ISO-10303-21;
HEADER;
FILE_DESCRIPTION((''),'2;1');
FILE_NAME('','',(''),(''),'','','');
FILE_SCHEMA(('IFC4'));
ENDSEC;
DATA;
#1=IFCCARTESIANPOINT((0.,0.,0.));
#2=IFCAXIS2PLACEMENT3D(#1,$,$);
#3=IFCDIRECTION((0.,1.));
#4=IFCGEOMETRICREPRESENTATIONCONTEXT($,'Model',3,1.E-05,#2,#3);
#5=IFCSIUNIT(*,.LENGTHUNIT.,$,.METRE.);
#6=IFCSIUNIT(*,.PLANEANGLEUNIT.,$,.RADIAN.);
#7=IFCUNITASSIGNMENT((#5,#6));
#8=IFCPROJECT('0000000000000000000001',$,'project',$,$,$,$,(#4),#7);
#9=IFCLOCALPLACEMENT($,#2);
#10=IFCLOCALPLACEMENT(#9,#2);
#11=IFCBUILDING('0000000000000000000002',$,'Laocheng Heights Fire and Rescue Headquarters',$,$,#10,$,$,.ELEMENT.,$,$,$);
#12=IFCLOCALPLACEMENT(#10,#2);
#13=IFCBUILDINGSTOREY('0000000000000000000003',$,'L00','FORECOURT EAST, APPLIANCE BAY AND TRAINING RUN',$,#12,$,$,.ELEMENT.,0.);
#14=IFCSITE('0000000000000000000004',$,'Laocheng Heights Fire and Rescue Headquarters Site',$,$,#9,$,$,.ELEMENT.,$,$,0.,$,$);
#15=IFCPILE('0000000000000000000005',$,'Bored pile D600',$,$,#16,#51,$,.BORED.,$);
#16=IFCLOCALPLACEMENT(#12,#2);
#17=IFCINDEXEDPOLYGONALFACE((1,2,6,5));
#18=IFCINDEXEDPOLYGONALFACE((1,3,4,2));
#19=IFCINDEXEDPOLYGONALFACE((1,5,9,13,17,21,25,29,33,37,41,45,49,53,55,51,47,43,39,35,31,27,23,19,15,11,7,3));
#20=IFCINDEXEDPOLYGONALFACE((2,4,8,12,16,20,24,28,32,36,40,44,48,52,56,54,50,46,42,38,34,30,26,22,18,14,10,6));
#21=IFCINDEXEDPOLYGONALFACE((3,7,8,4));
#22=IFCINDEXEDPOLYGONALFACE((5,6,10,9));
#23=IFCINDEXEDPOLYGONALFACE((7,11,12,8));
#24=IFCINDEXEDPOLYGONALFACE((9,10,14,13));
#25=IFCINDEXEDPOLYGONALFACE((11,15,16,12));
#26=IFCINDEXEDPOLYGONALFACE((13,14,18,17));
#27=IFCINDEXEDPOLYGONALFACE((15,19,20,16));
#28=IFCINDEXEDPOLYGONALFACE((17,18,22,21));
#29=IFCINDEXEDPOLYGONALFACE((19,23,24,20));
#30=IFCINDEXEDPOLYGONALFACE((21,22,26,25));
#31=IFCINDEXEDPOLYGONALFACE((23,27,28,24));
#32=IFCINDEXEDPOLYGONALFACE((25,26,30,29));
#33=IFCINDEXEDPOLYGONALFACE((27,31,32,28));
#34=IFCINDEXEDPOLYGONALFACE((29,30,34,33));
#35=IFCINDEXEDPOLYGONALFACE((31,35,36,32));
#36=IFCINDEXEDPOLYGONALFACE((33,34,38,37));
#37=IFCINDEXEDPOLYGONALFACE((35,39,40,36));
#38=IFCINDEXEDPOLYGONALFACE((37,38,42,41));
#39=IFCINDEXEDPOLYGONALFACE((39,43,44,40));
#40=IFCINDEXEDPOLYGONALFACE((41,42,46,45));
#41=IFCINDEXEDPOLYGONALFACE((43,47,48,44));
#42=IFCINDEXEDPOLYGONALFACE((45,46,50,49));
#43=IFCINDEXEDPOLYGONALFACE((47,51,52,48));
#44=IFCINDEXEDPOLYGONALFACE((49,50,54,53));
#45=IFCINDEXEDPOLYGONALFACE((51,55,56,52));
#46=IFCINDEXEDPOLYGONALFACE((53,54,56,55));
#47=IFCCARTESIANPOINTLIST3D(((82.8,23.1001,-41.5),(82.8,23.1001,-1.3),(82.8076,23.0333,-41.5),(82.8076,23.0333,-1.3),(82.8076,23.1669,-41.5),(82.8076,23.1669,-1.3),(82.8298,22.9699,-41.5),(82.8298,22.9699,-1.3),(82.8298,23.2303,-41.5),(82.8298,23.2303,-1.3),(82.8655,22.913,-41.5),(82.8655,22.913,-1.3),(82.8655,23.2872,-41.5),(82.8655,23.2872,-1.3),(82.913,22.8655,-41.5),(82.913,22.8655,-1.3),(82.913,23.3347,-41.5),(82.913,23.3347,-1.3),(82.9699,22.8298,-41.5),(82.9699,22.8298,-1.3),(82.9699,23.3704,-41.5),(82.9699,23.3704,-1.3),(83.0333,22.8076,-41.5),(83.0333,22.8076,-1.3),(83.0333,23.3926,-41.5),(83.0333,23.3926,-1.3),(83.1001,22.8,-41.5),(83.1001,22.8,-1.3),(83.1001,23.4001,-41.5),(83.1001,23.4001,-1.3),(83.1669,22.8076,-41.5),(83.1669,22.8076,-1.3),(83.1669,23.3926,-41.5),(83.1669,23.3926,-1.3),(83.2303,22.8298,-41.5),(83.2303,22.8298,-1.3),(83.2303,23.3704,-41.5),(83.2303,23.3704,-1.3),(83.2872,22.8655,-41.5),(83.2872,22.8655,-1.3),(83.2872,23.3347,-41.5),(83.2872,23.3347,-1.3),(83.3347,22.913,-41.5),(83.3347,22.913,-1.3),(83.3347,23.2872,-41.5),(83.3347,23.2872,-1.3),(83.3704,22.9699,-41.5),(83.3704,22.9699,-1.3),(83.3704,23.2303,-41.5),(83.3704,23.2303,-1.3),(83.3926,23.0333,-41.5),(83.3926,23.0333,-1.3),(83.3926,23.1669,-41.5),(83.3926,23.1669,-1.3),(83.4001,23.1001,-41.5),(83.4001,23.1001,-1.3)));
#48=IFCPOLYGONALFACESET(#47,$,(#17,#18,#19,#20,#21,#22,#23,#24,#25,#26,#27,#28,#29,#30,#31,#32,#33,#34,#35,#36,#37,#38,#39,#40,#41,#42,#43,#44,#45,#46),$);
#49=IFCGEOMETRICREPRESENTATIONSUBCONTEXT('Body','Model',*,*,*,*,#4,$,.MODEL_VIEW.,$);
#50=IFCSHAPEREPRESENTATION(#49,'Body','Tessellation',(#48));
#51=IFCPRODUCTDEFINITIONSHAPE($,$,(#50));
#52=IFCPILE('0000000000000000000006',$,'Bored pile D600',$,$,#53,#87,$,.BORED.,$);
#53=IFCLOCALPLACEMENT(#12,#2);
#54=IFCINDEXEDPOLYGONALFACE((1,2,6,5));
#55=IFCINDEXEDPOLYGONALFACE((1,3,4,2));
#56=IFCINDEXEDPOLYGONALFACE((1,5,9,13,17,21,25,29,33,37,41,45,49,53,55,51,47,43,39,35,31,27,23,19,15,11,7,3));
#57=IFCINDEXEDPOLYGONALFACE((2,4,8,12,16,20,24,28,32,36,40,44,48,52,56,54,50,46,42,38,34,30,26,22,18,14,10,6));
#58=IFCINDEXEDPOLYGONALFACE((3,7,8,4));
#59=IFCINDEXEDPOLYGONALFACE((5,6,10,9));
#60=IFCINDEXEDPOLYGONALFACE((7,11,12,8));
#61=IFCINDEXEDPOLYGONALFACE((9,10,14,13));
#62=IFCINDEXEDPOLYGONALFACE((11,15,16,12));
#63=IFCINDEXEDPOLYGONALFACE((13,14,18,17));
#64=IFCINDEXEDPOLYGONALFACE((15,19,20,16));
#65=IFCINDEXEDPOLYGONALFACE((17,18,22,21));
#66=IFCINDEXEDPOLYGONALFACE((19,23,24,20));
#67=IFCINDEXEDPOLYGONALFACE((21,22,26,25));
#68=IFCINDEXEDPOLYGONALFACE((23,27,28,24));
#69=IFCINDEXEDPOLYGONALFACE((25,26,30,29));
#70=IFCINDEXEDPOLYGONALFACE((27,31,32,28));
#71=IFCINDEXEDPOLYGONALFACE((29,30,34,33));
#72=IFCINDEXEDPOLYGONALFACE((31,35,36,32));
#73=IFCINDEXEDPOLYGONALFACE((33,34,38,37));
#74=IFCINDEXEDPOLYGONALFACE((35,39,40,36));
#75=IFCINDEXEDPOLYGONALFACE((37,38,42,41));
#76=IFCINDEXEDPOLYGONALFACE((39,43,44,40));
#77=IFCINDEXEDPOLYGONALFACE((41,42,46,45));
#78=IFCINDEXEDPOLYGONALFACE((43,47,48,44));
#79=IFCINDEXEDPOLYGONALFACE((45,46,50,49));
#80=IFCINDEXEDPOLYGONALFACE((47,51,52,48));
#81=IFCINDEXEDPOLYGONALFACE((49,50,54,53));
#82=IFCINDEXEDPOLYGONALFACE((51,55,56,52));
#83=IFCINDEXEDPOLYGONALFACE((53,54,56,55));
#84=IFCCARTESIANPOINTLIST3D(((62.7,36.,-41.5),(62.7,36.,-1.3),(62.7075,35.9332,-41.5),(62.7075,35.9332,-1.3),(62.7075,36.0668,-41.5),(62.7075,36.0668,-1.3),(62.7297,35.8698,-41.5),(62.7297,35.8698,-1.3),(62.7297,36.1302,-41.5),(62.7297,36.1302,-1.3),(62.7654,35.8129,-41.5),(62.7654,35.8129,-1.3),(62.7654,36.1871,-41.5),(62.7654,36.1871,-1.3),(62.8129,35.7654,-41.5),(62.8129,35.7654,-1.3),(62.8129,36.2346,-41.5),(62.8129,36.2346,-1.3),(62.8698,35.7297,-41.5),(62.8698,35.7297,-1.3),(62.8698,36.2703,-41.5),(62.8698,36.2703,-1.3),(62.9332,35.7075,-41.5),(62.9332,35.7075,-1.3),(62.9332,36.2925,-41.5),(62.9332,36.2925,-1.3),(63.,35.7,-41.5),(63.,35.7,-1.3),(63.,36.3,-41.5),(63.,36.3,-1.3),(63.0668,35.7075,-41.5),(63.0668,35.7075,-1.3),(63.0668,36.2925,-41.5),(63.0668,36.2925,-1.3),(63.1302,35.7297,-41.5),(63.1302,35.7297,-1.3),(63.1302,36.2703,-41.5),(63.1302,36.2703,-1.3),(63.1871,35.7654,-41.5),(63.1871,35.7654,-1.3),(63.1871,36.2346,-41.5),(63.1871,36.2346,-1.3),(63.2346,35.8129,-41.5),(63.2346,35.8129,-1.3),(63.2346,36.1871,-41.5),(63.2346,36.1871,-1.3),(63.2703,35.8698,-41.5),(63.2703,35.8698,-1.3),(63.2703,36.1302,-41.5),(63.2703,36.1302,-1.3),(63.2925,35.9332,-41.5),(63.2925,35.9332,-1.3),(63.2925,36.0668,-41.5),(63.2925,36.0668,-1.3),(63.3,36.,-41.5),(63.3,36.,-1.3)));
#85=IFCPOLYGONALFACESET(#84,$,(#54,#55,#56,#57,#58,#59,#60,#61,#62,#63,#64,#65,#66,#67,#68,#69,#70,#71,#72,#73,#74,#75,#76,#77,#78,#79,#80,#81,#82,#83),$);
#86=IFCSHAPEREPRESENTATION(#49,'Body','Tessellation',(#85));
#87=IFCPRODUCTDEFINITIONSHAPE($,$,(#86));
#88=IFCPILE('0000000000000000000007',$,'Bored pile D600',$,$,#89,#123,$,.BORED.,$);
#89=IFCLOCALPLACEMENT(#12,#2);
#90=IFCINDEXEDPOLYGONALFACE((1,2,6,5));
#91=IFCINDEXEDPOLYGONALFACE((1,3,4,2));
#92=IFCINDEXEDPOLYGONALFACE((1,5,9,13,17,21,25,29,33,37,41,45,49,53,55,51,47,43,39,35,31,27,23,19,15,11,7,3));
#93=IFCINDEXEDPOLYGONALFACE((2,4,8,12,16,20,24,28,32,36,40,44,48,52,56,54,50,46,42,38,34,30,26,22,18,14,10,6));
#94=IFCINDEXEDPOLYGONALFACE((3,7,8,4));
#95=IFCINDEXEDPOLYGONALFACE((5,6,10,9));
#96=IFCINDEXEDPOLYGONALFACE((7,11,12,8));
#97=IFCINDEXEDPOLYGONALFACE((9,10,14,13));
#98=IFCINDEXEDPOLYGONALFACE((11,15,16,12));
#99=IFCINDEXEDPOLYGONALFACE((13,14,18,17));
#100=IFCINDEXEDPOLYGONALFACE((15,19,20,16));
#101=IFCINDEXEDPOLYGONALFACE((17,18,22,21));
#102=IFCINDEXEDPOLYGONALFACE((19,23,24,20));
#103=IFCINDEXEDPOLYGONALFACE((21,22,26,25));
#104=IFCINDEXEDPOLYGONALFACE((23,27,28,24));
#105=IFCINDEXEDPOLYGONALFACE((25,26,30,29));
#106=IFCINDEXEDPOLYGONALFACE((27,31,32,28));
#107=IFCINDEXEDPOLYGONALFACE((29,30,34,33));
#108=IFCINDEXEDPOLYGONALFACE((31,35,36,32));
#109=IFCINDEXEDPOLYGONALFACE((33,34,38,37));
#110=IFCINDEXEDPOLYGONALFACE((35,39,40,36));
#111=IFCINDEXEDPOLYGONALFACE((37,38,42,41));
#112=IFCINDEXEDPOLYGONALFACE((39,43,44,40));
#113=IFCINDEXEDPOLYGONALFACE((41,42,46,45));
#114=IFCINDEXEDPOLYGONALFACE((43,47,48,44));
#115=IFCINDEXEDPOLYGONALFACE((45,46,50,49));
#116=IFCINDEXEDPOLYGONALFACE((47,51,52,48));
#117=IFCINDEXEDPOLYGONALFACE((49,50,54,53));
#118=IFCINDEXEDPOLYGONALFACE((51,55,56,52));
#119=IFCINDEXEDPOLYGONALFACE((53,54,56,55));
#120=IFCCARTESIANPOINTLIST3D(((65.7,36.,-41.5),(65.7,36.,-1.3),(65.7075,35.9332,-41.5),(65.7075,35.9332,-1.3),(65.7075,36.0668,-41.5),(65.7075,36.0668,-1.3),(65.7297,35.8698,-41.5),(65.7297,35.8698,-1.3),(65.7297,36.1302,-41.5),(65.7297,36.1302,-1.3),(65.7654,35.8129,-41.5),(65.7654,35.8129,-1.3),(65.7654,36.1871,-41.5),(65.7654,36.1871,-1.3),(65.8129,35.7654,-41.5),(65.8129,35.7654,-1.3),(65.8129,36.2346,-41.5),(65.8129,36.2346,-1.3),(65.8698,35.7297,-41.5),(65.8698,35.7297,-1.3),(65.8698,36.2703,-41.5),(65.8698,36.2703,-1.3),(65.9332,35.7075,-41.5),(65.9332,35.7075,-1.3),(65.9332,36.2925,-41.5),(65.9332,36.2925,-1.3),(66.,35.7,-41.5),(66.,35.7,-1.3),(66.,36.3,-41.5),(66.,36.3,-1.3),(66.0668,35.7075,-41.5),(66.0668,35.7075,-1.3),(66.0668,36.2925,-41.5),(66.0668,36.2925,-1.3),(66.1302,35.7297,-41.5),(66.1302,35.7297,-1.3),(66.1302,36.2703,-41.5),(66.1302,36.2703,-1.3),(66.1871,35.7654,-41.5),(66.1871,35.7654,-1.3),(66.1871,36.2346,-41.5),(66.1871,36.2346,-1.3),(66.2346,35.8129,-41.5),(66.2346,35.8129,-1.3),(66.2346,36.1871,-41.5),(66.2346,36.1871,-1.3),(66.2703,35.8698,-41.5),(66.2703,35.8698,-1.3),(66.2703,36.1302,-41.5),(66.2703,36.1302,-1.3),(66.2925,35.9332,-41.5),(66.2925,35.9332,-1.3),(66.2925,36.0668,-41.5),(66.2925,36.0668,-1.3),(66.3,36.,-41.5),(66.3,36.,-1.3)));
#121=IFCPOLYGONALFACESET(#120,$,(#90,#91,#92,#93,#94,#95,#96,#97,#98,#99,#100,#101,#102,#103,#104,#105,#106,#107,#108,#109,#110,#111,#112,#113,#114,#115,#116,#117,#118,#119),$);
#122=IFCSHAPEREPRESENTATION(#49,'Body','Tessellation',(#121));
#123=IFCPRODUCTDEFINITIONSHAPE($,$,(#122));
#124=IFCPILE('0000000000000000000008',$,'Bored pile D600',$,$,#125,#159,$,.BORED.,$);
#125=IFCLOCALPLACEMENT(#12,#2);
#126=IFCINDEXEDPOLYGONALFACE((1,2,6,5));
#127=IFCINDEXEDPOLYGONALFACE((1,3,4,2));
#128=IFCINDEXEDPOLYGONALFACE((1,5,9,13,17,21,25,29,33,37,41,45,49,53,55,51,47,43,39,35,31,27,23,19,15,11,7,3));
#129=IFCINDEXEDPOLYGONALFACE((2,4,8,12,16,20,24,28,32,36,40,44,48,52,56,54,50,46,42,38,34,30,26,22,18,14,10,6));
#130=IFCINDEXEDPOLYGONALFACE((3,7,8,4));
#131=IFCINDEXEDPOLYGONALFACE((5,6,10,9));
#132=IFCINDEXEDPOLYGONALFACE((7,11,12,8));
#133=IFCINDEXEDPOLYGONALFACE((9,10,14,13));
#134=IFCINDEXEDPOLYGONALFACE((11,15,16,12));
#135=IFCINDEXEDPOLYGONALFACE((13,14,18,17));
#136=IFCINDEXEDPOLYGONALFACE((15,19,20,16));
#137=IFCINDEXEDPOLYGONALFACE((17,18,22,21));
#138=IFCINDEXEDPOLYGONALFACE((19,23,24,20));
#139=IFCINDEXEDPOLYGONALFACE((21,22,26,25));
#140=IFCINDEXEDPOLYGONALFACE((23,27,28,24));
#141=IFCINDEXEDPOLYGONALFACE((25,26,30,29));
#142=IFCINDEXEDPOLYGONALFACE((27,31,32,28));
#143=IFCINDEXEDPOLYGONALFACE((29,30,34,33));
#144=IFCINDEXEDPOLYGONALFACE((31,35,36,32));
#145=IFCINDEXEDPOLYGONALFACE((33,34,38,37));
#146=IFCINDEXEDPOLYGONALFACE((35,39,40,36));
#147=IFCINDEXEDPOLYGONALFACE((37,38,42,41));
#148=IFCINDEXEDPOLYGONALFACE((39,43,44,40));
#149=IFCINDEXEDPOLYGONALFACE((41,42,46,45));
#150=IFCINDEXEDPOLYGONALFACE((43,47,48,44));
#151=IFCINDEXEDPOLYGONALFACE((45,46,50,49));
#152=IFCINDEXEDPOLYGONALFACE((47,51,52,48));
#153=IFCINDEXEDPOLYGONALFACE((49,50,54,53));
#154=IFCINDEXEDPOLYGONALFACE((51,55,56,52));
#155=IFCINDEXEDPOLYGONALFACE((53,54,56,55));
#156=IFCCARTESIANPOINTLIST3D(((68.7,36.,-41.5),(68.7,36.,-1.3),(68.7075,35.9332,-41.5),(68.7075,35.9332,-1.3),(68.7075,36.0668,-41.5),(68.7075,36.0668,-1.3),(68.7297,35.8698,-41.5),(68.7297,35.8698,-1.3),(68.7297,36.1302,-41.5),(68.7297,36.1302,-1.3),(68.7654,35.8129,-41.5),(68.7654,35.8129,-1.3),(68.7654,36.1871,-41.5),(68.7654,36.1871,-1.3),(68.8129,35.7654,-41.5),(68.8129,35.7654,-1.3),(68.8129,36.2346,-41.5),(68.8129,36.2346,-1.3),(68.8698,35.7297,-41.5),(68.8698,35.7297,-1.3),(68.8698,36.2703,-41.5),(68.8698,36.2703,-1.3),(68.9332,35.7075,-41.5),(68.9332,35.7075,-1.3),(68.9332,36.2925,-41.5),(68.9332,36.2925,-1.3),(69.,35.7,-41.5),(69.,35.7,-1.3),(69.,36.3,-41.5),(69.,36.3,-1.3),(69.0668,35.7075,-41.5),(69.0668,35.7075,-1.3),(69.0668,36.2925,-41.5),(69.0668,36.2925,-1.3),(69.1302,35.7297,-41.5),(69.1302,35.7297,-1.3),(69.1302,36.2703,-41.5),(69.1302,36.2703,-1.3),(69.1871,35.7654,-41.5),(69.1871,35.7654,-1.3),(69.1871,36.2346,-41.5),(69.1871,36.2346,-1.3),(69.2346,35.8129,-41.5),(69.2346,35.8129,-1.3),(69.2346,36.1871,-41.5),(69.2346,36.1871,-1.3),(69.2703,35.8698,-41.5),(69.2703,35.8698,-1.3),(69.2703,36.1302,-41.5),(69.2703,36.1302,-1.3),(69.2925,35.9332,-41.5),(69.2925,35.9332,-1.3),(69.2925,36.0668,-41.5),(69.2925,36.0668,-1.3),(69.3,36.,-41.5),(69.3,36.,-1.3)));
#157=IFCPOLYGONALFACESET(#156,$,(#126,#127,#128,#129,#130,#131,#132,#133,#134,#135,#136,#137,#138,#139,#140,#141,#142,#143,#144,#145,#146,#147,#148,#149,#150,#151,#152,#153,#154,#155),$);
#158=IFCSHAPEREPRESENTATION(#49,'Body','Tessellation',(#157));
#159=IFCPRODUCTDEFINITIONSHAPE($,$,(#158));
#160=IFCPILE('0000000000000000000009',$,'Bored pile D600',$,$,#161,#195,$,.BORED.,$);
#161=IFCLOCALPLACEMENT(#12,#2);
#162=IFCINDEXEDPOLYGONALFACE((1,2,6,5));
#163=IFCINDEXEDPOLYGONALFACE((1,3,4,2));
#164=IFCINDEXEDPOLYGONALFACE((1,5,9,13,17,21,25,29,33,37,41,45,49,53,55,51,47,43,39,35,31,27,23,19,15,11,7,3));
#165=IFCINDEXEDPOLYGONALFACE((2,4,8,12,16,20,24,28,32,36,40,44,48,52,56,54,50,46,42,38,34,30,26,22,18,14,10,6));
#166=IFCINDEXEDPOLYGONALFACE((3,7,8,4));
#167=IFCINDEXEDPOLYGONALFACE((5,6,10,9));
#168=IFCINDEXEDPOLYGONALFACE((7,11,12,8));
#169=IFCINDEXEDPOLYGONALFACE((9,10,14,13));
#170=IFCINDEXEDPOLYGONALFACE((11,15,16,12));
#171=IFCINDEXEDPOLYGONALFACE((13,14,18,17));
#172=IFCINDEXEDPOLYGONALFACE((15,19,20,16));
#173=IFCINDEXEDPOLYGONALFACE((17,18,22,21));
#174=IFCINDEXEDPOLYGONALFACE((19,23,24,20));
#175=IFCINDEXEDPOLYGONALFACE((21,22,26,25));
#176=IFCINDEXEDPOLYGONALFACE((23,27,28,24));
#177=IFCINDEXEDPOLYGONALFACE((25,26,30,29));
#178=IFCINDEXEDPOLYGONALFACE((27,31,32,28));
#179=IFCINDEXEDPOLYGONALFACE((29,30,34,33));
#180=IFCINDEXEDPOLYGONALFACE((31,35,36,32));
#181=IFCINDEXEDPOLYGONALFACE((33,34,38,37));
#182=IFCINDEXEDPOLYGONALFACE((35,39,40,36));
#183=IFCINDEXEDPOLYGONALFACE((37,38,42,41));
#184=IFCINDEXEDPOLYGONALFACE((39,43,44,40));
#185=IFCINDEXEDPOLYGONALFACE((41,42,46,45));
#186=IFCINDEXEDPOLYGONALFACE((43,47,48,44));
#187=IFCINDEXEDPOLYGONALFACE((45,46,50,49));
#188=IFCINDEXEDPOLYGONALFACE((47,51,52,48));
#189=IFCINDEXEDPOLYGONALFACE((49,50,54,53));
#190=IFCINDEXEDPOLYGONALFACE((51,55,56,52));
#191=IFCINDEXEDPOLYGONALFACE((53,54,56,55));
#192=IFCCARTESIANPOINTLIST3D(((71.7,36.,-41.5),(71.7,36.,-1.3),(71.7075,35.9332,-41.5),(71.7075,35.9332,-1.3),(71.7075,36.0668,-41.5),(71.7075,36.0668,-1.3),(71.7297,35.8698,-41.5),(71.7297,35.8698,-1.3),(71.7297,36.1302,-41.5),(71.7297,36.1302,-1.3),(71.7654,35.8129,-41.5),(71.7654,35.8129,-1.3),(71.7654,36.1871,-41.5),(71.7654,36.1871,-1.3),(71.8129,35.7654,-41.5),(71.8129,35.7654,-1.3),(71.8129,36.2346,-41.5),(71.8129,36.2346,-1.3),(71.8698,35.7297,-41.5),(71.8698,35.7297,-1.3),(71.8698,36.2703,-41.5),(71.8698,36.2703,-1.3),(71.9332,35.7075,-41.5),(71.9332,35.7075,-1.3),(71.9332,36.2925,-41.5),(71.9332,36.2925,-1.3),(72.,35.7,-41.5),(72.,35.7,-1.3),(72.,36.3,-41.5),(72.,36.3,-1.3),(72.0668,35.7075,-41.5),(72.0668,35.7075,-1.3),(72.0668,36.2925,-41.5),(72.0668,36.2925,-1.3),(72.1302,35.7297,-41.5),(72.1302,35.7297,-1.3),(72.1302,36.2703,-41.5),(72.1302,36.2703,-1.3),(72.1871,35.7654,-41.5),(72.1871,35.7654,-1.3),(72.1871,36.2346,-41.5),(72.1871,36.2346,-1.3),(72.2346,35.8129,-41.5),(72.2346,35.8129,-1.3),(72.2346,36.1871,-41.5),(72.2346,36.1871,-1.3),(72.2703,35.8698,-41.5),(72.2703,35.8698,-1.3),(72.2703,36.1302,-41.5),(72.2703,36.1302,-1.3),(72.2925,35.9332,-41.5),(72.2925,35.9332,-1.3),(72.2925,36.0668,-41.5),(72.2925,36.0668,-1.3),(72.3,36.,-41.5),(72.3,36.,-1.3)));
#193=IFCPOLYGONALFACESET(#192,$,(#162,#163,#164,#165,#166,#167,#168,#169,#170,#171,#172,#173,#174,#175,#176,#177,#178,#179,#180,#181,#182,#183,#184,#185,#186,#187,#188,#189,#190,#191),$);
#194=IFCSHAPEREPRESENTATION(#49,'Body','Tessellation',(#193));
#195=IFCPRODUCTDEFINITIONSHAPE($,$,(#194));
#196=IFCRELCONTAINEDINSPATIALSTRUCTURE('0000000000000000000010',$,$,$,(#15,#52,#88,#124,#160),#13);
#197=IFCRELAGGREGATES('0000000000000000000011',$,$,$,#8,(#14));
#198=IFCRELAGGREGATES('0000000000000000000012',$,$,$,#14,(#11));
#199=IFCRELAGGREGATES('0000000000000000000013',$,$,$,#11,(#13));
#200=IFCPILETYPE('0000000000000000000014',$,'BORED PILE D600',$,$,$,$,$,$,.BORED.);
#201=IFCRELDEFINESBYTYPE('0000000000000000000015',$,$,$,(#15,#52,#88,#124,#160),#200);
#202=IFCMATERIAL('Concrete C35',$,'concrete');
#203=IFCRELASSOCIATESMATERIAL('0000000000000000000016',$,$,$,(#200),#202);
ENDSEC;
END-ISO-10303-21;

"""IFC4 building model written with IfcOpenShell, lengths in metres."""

from ifc_helpers import new_model, si_unit, direction, frame, origin, origin_2d, place, context, subcontext, project, spatial, circle, extrude, material, material_profile, profile_set, type_object, element, save


model = new_model("IFC4")

# Units and contexts
model_context = context("Model", 3, precision=1e-05, world=origin(), true_north=direction((0.0, 1.0)))
body_context = subcontext(model_context, "Body", "Model", "MODEL_VIEW")
ifc_project = project(units=[si_unit("LENGTHUNIT", "METRE"), si_unit("PLANEANGLEUNIT", "RADIAN")], contexts=[model_context])

# Site, building, storey
site_placement = place(None, origin())
site = spatial("IfcSite", under=ifc_project, at=site_placement, Name="Laocheng Heights Fire and Rescue Headquarters Site", CompositionType="ELEMENT", RefElevation=0.0)
building_placement = place(site_placement, origin())
building = spatial("IfcBuilding", under=site, at=building_placement, Name="Laocheng Heights Fire and Rescue Headquarters", CompositionType="ELEMENT")
storey_placement = place(building_placement, origin())
storey = spatial("IfcBuildingStorey", under=building, at=storey_placement, Name="L00", Description="FORECOURT EAST, APPLIANCE BAY AND TRAINING RUN", CompositionType="ELEMENT", Elevation=0.0)

# Piles
ifc_material_1 = material(Name="Concrete C35", Category="concrete")
ifc_material_profile_1 = material_profile(ifc_material_1, circle(Radius=0.3, at=origin_2d()), Name="BORED PILE D600")
ifc_profile_set_1 = profile_set([ifc_material_profile_1], Name="Concrete C35")
pile_type_1 = type_object("IfcPileType", Name="BORED PILE D600", PredefinedType="BORED", material=ifc_profile_set_1)
for number, where, z_axis, x_axis, name in (
    (1, (83.1001, 23.1001, -1.3), (0.0, 0.0, -1.0), (1.0, 0.0, 0.0), "Bored pile D600"),
    (2, (63.0, 36.0, -1.3), (0.0, 0.0, -1.0), (1.0, 0.0, 0.0), "Bored pile D600"),
    (3, (66.0, 36.0, -1.3), (0.0, 0.0, -1.0), (1.0, 0.0, 0.0), "Bored pile D600"),
    (4, (69.0, 36.0, -1.3), (0.0, 0.0, -1.0), (1.0, 0.0, 0.0), "Bored pile D600"),
    (5, (72.0, 36.0, -1.3), (0.0, 0.0, -1.0), (1.0, 0.0, 0.0), "Bored pile D600"),
):
    element("IfcPile", number, at=place(storey_placement, frame(where, z_axis=z_axis, x_axis=x_axis)), inside=storey, type_object=pile_type_1, Name=name, PredefinedType="BORED", context=body_context, shape_type="SweptSolid", body=[
        extrude(circle(Radius=0.3, at=origin_2d()), origin(), (0.0, 0.0, 1.0), 40.2),
    ])

save(model, "model.ifc")
